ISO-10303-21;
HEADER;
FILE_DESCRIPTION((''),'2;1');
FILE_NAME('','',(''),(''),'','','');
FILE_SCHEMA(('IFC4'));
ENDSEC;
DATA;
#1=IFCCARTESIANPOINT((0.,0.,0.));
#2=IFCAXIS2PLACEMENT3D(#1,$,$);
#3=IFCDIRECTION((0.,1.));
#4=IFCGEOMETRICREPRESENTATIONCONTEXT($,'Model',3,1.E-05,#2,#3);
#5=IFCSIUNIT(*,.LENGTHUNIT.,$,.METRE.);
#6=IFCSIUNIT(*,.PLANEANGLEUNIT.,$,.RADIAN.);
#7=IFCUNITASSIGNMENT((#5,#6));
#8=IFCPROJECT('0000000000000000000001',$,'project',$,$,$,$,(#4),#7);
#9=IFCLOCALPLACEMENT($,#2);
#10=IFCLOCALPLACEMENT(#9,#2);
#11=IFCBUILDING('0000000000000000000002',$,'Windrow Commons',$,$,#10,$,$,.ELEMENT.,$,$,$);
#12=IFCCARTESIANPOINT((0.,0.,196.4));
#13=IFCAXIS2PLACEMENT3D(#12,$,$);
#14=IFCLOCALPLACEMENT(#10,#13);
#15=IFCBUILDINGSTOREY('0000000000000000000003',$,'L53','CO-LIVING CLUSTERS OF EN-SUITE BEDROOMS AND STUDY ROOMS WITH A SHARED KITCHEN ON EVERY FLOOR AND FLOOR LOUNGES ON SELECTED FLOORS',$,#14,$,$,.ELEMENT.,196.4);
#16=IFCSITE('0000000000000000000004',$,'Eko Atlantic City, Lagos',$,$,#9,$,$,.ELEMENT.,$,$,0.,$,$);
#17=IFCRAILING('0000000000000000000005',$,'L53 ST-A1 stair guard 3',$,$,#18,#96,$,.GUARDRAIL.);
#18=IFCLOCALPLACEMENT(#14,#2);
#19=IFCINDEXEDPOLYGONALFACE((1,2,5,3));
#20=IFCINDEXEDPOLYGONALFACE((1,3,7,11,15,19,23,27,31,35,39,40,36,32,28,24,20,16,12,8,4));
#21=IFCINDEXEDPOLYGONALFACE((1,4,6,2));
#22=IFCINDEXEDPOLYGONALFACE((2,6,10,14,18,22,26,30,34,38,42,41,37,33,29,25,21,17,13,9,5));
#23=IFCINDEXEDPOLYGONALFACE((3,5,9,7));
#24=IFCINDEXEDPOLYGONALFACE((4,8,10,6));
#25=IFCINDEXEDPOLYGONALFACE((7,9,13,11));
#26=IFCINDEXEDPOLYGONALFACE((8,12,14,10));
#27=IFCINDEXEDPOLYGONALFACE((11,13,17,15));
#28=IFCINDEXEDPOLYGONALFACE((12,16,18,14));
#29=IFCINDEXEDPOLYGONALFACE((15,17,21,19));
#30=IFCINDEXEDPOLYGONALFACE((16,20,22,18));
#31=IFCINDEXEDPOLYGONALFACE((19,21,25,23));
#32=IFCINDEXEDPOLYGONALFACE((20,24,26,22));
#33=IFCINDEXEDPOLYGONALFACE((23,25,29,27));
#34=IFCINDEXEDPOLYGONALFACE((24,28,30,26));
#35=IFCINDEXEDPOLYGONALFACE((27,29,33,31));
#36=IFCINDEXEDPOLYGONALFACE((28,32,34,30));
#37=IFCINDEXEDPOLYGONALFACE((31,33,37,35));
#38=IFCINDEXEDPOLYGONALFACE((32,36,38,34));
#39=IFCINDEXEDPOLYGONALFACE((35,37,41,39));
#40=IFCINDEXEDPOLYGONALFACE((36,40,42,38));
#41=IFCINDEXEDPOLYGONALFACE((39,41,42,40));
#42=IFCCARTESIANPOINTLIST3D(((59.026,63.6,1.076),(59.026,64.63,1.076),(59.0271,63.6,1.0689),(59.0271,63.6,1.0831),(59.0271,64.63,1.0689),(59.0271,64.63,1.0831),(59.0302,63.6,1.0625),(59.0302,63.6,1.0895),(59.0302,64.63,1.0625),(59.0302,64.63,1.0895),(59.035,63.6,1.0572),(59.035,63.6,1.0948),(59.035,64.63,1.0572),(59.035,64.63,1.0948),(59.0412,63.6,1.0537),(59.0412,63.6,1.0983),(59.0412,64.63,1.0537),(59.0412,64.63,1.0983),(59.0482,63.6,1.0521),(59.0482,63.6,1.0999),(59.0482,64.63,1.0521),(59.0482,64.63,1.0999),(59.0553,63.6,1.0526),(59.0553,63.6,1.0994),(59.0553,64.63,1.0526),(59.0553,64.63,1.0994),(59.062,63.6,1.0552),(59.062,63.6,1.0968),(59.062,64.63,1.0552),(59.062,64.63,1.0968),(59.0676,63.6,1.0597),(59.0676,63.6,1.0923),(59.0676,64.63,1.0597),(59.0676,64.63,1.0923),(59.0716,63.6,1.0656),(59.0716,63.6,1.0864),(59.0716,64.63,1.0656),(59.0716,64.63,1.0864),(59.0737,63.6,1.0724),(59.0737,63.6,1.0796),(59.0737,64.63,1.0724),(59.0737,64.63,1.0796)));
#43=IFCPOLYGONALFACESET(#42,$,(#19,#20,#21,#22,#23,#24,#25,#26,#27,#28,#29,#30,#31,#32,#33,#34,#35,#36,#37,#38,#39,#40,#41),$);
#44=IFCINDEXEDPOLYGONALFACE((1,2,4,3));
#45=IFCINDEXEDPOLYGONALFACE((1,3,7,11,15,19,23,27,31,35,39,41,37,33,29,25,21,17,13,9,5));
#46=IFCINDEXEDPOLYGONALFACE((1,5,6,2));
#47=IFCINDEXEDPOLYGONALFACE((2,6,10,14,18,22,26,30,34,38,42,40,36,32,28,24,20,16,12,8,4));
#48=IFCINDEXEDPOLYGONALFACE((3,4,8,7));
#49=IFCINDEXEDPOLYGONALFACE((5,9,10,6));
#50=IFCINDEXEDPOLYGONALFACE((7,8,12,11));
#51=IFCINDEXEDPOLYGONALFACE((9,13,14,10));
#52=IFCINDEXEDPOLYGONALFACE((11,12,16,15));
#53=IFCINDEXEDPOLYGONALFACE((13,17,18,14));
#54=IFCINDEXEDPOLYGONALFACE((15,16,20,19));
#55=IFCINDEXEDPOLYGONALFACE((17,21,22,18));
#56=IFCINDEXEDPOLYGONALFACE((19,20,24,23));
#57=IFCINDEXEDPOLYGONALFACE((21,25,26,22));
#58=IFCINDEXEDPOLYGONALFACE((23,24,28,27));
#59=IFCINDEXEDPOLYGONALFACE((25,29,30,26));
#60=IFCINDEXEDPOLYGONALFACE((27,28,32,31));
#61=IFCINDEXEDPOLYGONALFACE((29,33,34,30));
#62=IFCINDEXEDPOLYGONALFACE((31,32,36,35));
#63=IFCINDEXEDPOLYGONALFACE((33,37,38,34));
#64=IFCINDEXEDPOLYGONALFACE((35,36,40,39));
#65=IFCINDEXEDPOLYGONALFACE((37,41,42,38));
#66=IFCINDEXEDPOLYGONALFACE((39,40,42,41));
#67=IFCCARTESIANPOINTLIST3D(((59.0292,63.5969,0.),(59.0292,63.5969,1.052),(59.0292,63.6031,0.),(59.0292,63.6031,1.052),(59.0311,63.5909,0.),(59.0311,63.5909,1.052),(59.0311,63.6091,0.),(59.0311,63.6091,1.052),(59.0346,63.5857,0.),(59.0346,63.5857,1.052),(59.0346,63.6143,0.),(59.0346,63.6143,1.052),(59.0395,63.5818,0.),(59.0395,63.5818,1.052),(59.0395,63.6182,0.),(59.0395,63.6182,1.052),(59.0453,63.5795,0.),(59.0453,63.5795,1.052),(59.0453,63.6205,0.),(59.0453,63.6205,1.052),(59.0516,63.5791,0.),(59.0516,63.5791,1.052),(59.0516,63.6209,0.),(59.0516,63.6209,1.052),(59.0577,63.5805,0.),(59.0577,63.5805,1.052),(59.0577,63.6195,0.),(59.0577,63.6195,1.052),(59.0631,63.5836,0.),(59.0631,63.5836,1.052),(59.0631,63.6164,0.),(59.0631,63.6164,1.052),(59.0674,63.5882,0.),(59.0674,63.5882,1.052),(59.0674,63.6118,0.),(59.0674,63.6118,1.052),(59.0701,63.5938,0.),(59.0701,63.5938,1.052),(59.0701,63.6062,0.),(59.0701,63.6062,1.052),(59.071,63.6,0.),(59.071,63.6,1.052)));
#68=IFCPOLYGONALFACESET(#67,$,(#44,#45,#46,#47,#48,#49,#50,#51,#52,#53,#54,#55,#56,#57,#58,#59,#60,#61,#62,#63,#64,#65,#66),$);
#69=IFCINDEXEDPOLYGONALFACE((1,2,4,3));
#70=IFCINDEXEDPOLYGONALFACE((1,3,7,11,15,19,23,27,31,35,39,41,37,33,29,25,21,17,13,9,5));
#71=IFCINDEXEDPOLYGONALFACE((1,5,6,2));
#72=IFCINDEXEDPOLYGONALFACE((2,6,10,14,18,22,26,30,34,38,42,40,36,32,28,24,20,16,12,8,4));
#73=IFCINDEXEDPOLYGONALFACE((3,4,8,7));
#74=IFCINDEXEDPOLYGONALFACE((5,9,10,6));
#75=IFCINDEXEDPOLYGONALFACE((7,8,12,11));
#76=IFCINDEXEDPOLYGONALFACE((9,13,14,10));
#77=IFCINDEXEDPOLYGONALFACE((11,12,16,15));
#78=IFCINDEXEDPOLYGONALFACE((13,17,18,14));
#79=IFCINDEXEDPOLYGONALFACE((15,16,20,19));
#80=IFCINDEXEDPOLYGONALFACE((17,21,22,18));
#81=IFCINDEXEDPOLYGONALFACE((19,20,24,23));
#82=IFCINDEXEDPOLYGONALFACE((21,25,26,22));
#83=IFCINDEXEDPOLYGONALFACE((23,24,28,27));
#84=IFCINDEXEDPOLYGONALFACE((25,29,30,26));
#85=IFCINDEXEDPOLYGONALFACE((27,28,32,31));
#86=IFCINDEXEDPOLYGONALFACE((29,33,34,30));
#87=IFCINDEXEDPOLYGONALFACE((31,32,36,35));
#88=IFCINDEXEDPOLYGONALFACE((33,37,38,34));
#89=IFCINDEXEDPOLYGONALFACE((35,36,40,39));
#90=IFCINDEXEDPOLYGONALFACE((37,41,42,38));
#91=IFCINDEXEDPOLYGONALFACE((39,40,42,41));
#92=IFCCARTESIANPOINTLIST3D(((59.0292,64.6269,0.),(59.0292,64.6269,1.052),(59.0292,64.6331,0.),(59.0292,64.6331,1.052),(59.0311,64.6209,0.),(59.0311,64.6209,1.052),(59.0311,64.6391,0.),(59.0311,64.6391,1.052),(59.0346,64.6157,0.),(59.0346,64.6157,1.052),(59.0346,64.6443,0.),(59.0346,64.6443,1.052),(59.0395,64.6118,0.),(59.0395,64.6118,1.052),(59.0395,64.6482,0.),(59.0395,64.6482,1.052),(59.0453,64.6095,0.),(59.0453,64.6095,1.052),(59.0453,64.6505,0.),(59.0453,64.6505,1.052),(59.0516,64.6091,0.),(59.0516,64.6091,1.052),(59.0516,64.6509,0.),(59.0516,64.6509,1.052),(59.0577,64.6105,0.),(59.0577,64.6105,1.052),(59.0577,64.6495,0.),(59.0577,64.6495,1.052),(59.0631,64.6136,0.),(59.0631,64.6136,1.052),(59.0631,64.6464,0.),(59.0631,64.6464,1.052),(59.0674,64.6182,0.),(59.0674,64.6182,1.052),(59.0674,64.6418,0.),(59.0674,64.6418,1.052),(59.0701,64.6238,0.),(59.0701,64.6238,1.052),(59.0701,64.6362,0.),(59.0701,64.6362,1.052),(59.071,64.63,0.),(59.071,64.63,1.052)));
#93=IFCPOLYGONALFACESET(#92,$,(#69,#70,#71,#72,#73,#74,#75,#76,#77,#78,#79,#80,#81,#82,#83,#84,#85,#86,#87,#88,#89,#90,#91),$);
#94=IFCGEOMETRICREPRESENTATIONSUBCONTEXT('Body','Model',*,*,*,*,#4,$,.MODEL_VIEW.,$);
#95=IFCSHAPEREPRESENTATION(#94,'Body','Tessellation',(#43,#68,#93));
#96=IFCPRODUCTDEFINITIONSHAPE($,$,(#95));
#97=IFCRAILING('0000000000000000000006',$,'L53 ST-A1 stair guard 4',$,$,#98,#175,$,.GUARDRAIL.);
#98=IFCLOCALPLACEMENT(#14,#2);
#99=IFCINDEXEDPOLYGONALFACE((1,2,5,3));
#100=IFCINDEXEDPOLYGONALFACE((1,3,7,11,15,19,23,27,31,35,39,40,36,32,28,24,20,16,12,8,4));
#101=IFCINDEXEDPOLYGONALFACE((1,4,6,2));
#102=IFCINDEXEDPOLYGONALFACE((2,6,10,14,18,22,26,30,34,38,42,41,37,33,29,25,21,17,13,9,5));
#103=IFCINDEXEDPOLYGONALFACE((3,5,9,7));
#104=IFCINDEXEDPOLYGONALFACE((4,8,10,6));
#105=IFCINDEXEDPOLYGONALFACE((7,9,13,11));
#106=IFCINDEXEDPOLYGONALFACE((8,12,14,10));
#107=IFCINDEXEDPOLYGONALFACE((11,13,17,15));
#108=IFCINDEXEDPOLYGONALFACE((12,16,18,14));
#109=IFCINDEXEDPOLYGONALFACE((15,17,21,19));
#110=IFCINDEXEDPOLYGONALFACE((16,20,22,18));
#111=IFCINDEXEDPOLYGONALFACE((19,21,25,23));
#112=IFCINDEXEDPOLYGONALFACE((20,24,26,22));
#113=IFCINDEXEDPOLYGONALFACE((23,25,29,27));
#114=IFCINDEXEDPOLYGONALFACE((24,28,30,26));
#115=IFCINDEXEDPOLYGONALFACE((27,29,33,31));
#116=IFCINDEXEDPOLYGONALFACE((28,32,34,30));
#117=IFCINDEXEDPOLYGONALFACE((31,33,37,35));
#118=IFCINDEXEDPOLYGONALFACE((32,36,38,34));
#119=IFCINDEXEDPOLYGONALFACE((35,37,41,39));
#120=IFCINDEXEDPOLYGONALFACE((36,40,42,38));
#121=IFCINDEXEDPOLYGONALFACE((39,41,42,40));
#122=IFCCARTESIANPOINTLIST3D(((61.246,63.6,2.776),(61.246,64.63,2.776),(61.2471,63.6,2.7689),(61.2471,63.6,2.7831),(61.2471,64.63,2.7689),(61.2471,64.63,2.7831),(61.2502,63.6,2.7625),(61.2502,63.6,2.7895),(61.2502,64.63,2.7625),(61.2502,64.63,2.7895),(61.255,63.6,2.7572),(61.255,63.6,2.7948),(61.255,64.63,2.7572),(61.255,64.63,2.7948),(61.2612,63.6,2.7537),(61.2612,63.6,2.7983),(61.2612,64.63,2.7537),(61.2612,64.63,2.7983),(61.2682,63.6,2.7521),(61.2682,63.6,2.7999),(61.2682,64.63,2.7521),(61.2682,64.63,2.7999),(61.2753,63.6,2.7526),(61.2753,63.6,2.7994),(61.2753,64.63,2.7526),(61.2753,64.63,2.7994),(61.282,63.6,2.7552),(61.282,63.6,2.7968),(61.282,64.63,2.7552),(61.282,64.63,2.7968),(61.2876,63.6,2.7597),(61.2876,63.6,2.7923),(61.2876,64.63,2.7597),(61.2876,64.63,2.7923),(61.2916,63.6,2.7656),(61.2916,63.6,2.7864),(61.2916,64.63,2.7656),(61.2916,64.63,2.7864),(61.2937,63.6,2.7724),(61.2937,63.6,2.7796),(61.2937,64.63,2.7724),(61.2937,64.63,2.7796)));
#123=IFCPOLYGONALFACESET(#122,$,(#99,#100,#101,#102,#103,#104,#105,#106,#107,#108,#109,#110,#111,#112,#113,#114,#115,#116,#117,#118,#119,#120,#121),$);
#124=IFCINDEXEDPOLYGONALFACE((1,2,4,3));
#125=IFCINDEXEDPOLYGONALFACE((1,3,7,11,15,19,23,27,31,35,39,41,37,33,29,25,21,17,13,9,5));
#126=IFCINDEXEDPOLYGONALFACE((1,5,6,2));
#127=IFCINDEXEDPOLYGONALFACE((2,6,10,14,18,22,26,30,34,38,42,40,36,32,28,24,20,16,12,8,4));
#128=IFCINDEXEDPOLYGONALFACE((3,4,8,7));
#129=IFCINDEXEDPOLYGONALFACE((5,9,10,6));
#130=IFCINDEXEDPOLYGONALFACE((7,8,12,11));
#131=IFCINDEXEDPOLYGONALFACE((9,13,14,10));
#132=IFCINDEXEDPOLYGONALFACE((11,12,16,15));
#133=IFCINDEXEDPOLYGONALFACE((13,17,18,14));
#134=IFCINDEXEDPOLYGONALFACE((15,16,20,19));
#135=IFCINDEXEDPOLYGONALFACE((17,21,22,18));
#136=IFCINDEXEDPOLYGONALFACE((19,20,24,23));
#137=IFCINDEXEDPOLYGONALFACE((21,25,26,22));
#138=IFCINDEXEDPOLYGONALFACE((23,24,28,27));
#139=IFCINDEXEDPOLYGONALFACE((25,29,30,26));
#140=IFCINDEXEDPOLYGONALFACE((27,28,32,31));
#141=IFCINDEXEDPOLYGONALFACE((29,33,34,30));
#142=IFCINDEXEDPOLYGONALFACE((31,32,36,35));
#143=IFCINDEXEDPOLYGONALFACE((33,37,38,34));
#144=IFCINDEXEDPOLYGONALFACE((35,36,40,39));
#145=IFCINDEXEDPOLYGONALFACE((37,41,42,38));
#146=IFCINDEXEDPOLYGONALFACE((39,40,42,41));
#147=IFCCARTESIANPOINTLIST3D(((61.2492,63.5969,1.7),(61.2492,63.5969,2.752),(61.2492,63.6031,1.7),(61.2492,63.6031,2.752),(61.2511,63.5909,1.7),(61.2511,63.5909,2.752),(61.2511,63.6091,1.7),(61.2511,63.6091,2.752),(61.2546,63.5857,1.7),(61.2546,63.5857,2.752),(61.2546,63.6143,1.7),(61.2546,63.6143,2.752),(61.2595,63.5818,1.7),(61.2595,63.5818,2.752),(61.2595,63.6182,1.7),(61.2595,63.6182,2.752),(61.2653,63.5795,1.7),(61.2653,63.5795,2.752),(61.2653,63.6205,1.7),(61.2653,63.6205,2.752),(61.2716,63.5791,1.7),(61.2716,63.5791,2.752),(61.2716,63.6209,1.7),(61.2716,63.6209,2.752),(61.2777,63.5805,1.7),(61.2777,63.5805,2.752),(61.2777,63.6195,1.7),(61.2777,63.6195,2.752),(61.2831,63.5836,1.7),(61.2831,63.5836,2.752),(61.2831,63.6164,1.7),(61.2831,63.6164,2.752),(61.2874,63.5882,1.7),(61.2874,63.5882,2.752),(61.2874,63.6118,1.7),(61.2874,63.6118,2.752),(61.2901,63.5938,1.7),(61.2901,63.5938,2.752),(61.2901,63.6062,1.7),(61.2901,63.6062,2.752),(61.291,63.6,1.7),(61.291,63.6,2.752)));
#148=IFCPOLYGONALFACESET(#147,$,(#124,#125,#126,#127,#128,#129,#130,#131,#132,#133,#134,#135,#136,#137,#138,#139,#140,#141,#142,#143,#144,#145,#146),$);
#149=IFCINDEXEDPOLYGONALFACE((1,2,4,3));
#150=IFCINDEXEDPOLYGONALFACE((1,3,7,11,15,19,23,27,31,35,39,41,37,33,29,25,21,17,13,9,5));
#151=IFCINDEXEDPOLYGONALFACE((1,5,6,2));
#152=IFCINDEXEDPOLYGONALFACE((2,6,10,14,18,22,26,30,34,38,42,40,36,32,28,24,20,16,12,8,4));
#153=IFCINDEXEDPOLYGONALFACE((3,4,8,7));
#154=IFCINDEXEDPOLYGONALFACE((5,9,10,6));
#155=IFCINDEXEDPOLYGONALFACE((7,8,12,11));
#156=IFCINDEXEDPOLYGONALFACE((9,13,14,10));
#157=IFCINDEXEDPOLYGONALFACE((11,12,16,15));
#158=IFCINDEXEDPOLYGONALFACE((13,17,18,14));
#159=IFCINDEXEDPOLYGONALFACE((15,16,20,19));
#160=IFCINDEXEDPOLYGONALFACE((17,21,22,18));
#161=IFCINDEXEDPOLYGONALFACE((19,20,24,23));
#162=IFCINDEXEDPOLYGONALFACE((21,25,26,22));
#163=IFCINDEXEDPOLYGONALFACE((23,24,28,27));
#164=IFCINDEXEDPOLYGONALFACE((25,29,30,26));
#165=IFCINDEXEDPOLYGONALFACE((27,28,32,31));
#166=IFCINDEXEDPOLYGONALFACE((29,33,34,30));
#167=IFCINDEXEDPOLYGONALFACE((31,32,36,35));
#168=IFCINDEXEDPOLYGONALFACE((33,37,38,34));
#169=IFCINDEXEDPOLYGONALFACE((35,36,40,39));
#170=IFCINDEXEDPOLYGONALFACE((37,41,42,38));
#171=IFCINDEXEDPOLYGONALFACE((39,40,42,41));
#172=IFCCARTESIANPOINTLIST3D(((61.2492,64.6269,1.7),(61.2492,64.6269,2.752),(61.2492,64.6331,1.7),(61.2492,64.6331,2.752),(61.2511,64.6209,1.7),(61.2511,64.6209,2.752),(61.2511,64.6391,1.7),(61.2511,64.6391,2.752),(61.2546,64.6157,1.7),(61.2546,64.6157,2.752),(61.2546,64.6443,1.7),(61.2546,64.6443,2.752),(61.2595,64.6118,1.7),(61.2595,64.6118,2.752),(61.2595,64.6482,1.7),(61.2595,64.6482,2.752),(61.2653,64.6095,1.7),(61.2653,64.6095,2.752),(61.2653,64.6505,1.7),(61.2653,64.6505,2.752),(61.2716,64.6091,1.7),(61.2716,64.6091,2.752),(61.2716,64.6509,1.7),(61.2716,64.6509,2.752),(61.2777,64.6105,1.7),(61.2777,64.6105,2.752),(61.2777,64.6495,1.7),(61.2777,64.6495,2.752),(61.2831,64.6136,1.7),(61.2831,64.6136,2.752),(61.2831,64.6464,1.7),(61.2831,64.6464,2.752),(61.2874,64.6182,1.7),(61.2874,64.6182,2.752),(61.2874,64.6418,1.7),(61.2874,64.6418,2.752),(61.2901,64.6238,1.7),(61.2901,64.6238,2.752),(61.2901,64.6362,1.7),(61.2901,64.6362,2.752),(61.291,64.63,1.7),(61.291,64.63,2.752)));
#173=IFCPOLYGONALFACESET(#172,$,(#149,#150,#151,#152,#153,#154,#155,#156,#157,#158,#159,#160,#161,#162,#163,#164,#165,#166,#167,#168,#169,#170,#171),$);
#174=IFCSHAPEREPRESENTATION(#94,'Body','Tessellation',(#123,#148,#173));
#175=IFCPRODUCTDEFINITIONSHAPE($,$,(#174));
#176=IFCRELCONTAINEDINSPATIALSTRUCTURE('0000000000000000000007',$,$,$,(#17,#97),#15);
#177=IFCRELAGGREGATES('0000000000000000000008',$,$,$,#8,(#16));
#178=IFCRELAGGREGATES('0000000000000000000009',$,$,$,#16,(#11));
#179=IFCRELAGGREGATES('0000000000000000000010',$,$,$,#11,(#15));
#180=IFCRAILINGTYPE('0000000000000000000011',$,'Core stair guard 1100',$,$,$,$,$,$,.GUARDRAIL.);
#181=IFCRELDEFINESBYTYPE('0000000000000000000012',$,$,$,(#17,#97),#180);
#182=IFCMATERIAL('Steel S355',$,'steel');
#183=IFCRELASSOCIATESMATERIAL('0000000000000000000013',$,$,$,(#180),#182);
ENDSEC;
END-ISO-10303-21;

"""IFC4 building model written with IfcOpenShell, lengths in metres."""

from ifc_helpers import new_model, si_unit, direction, frame, origin, origin_2d, place, context, subcontext, project, spatial, circle, extrude, material, type_object, element, save


model = new_model("IFC4")

# Units and contexts
model_context = context("Model", 3, precision=1e-05, world=origin(), true_north=direction((0.0, 1.0)))
body_context = subcontext(model_context, "Body", "Model", "MODEL_VIEW")
ifc_project = project(units=[si_unit("LENGTHUNIT", "METRE"), si_unit("PLANEANGLEUNIT", "RADIAN")], contexts=[model_context])

# Site, building, storey
site_placement = place(None, origin())
site = spatial("IfcSite", under=ifc_project, at=site_placement, Name="Eko Atlantic City, Lagos", CompositionType="ELEMENT", RefElevation=0.0)
building_placement = place(site_placement, origin())
building = spatial("IfcBuilding", under=site, at=building_placement, Name="Windrow Commons", CompositionType="ELEMENT")
storey_placement = place(building_placement, frame((0.0, 0.0, 196.4)))
storey = spatial("IfcBuildingStorey", under=building, at=storey_placement, Name="L53", Description="CO-LIVING CLUSTERS OF EN-SUITE BEDROOMS AND STUDY ROOMS WITH A SHARED KITCHEN ON EVERY FLOOR AND FLOOR LOUNGES ON SELECTED FLOORS", CompositionType="ELEMENT", Elevation=196.4)

# Railings
ifc_material_1 = material(Name="Steel S355", Category="steel")
railing_type_1 = type_object("IfcRailingType", Name="Core stair guard 1100", PredefinedType="GUARDRAIL", material=ifc_material_1)
for number, where, name in (
    (1, (59.05, 63.6, 0.0), "L53 ST-A1 stair guard 3"),
    (2, (61.27, 63.6, 1.7), "L53 ST-A1 stair guard 4"),
):
    element("IfcRailing", number, at=place(storey_placement, frame(where)), inside=storey, type_object=railing_type_1, Name=name, PredefinedType="GUARDRAIL", context=body_context, shape_type="SweptSolid", body=[
        extrude(circle(Radius=0.024, at=origin_2d()), frame((0.0, 0.0, 1.076), z_axis=(0.0, 1.0, 0.0), x_axis=(-1.0, 0.0, 0.0)), (0.0, 0.0, 1.0), 1.03),
        extrude(circle(Radius=0.021, at=origin_2d()), origin(), (0.0, 0.0, 1.0), 1.052),
        extrude(circle(Radius=0.021, at=origin_2d()), frame((0.0, 1.03, 0.0)), (0.0, 0.0, 1.0), 1.052),
    ])

save(model, "model.ifc")
